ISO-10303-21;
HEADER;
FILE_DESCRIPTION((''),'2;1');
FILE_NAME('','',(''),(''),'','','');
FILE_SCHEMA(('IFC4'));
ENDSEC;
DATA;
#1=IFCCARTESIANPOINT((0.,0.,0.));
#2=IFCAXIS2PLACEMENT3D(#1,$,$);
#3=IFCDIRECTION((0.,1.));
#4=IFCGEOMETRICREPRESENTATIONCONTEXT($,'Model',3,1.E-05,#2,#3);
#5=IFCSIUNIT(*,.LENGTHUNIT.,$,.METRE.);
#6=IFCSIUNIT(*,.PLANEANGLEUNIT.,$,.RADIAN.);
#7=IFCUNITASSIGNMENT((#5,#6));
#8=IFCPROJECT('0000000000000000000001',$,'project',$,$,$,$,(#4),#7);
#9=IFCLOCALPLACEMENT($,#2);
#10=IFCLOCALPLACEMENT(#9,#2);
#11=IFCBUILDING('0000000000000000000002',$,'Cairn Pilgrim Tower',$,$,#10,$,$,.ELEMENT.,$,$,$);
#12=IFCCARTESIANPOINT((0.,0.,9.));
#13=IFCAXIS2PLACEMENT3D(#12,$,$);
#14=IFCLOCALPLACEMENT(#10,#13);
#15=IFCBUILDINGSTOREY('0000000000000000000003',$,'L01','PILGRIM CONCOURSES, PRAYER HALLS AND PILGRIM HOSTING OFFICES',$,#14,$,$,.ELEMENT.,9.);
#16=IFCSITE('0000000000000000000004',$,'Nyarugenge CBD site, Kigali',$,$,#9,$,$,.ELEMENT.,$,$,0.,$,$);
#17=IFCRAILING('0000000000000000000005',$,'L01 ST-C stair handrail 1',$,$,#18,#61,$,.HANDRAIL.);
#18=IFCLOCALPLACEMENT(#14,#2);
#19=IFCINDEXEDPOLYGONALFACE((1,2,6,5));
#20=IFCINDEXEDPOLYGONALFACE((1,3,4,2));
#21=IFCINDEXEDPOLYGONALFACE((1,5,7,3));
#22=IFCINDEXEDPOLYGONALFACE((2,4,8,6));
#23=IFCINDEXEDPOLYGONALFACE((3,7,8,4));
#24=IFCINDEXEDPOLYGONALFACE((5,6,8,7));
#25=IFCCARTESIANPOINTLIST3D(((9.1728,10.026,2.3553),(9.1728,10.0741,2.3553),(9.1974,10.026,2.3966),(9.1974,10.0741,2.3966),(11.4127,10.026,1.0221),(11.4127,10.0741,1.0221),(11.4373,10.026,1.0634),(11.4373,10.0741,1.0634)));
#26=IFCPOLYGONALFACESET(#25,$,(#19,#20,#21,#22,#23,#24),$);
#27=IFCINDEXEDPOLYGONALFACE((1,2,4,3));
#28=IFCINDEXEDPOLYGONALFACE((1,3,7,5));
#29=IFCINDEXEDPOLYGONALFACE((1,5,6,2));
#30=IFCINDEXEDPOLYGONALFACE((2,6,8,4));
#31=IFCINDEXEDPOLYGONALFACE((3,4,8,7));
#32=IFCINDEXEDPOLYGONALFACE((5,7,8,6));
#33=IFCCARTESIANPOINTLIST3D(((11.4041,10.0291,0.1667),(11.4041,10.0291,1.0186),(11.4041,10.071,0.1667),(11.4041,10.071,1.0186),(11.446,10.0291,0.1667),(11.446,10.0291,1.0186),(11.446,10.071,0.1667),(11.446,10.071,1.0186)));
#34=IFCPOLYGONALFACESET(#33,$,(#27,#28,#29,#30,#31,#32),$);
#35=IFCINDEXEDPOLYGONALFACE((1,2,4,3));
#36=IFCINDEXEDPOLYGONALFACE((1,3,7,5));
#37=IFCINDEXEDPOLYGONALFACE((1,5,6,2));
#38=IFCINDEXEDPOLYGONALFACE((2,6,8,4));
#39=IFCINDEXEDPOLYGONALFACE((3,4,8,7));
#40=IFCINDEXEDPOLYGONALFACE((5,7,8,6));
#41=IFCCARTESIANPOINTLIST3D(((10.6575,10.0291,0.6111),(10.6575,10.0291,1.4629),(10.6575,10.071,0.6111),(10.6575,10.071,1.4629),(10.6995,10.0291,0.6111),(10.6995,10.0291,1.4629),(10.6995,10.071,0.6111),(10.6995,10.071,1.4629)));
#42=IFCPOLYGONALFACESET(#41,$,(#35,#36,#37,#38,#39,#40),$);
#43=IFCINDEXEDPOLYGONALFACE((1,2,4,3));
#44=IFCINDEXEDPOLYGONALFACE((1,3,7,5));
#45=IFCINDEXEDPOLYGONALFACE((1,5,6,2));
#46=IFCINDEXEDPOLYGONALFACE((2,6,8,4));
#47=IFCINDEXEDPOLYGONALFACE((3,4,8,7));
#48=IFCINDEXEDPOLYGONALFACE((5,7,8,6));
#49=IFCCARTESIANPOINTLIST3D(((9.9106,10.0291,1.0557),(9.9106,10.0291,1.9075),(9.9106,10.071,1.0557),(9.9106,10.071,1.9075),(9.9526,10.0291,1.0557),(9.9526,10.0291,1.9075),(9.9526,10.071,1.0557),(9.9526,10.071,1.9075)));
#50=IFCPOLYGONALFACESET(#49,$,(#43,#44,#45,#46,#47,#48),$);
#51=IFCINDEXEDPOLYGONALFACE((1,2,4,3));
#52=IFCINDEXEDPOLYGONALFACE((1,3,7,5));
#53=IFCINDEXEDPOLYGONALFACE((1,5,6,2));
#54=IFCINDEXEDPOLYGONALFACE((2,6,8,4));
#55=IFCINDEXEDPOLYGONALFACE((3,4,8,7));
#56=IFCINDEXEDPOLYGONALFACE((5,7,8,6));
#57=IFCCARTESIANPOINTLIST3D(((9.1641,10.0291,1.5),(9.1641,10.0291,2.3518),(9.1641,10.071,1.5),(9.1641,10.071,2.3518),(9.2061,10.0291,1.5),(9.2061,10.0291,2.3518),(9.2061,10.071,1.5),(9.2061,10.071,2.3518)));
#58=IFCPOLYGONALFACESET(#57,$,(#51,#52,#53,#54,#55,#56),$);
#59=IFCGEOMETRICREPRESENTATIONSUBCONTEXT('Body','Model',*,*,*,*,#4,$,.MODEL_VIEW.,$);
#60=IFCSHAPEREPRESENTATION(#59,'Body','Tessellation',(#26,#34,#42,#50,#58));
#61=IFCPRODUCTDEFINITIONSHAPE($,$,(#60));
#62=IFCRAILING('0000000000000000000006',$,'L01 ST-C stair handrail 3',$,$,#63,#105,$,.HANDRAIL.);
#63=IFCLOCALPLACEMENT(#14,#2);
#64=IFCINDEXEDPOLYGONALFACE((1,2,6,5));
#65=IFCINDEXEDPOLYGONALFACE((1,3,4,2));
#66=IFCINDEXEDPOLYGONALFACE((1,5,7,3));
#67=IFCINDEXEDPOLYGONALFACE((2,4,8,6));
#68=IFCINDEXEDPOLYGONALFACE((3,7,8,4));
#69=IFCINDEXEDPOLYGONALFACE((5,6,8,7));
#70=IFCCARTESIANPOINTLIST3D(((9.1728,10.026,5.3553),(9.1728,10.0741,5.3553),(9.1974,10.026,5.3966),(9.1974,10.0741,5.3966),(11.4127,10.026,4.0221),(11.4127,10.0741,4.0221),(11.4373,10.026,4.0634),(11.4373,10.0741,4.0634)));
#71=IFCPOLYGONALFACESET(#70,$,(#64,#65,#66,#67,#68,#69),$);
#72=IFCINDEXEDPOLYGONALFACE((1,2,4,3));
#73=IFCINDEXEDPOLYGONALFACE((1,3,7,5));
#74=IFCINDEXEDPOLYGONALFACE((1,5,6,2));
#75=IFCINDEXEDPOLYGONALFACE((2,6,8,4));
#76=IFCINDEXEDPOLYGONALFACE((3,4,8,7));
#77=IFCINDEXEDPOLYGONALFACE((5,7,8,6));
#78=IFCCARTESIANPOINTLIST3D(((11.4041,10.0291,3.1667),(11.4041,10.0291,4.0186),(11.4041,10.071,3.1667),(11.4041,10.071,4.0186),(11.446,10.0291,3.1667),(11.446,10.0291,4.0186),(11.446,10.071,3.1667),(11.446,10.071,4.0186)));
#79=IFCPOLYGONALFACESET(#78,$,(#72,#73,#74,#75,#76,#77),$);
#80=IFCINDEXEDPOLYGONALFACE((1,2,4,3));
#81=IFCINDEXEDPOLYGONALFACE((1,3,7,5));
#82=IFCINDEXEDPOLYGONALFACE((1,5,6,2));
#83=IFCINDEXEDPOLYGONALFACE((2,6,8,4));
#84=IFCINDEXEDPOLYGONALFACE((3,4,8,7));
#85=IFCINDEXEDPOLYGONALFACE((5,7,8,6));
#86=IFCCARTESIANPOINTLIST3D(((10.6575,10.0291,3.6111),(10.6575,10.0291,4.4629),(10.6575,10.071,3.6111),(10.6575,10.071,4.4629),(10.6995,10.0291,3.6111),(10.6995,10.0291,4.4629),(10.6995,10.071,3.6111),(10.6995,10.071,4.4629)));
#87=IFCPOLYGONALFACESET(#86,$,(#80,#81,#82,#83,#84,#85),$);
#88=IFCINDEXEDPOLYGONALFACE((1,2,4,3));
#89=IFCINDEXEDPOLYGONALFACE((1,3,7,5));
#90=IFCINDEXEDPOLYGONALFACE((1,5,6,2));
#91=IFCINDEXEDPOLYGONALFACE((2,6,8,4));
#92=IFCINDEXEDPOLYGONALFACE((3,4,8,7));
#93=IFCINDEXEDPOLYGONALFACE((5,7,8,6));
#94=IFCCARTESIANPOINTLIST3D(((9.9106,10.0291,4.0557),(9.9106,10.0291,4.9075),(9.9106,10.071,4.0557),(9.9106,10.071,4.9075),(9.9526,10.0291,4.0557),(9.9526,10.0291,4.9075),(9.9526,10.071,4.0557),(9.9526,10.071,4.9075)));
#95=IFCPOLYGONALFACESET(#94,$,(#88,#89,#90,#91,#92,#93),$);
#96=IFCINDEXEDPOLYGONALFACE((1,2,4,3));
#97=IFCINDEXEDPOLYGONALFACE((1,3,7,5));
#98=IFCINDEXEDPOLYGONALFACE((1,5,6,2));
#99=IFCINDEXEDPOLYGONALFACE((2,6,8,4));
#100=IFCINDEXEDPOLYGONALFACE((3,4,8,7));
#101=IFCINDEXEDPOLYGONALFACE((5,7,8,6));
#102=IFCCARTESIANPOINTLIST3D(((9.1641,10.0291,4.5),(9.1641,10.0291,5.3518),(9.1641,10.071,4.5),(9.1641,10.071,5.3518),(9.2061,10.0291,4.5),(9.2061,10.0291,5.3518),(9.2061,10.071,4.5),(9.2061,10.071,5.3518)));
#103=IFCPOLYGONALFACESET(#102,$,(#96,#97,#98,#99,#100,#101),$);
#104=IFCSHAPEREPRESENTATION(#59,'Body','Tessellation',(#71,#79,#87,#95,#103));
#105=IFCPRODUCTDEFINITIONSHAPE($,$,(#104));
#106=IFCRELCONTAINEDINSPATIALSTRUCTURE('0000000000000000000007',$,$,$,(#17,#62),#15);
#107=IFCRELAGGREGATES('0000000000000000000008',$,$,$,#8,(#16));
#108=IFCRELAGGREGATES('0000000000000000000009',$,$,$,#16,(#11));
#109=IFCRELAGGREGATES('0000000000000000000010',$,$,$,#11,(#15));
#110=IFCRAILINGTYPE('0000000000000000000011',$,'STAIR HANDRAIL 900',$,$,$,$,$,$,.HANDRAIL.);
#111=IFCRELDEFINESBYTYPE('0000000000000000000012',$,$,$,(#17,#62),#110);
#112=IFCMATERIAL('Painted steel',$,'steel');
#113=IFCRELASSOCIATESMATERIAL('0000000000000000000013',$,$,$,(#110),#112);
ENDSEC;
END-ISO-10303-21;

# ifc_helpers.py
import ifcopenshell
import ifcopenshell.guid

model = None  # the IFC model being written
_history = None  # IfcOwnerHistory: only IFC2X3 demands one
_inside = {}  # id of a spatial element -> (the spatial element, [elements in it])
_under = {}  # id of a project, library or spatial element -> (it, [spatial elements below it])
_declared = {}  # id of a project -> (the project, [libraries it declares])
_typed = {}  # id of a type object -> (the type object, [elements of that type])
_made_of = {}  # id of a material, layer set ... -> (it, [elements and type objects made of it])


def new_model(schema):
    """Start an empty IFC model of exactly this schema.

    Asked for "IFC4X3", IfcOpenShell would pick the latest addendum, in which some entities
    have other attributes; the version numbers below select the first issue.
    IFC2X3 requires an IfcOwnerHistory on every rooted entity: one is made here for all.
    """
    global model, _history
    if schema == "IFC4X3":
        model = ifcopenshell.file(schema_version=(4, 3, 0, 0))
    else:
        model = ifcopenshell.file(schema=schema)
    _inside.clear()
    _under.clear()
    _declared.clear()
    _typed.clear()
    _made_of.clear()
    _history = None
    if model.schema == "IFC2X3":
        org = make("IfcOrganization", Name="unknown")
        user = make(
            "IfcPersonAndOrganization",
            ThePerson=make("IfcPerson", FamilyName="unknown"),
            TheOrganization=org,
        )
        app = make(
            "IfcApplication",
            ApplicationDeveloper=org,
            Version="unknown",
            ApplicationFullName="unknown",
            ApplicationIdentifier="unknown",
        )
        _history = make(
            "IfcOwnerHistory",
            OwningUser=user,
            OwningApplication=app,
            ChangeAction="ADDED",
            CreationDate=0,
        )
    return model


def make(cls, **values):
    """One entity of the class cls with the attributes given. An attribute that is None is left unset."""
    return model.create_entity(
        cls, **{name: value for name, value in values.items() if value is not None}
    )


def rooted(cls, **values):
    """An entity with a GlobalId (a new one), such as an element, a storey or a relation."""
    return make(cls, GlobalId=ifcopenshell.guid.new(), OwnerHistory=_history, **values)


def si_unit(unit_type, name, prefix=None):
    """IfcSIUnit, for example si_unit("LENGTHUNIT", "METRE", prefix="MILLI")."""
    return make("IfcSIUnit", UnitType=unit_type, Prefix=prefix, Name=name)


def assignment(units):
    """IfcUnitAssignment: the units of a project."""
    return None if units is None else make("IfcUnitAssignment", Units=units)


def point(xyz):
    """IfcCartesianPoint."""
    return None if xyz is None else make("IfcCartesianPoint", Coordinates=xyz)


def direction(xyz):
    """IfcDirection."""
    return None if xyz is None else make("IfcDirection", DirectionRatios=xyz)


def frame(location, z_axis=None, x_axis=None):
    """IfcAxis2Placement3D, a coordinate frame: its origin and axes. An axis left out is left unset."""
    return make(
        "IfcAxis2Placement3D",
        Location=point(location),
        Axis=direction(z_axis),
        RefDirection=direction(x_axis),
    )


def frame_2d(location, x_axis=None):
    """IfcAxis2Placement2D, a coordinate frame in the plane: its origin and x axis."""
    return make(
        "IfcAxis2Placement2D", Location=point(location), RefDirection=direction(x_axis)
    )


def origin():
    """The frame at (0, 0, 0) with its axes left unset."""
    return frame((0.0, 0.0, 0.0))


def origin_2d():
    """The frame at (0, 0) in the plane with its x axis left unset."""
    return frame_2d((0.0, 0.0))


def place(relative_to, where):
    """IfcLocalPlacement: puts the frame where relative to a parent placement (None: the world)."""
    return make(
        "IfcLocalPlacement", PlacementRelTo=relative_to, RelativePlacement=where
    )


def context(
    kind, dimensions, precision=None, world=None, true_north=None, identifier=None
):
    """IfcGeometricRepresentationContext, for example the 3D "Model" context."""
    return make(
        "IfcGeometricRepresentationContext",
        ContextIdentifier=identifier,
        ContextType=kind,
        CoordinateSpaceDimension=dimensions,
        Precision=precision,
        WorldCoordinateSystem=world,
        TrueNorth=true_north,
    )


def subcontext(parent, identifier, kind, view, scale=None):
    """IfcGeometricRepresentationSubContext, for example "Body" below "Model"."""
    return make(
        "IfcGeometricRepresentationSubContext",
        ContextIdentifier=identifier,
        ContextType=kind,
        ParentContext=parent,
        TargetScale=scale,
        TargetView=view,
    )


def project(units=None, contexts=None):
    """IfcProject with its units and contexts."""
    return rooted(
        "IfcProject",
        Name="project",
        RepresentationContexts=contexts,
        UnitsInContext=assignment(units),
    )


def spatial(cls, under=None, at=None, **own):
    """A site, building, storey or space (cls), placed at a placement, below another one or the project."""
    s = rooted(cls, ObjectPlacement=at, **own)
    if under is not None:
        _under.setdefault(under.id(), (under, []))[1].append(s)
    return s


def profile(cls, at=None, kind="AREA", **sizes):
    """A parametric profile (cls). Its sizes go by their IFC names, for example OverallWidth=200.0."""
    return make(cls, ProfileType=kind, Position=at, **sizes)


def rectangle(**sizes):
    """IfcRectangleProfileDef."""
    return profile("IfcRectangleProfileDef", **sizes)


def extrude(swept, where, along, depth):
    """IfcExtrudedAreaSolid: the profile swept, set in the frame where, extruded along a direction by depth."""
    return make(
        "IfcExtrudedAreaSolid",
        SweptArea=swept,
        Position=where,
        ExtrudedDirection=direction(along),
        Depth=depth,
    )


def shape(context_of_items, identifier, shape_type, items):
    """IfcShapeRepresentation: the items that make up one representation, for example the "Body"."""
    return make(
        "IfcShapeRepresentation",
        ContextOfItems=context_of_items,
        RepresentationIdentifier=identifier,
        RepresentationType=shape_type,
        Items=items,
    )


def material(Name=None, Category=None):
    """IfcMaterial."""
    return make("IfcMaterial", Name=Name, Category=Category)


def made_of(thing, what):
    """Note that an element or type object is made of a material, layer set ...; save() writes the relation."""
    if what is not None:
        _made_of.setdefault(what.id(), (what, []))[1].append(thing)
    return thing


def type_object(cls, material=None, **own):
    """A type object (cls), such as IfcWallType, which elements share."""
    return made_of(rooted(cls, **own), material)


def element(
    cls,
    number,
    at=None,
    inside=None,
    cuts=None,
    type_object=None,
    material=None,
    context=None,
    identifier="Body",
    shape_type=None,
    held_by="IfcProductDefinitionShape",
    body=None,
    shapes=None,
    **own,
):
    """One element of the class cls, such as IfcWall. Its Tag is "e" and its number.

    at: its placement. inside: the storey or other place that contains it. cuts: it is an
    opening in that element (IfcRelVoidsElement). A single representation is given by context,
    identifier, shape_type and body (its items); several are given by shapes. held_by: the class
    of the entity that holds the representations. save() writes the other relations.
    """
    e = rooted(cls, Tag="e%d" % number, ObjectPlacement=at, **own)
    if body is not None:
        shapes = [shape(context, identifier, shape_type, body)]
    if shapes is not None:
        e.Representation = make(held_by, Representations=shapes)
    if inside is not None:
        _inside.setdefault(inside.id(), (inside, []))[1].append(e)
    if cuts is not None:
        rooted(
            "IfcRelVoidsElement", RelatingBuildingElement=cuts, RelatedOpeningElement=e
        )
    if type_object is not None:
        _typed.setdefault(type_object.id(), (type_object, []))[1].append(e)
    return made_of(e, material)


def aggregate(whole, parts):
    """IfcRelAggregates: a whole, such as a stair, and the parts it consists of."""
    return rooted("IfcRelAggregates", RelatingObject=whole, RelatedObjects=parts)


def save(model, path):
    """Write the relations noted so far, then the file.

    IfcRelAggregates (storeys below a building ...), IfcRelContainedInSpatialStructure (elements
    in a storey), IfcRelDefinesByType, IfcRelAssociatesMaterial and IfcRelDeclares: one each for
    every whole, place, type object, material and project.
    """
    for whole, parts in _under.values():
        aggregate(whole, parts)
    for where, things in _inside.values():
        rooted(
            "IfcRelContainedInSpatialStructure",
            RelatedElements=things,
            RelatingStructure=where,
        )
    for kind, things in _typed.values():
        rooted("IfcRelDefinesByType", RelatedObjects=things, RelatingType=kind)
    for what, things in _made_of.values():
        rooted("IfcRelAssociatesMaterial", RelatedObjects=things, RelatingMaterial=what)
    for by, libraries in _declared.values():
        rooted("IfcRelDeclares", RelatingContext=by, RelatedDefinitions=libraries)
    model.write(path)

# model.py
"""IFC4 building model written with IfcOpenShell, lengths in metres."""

from ifc_helpers import new_model, si_unit, direction, frame, origin, origin_2d, place, context, subcontext, project, spatial, rectangle, extrude, material, type_object, element, save


model = new_model("IFC4")

# Units and contexts
model_context = context("Model", 3, precision=1e-05, world=origin(), true_north=direction((0.0, 1.0)))
body_context = subcontext(model_context, "Body", "Model", "MODEL_VIEW")
ifc_project = project(units=[si_unit("LENGTHUNIT", "METRE"), si_unit("PLANEANGLEUNIT", "RADIAN")], contexts=[model_context])

# Site, building, storey
site_placement = place(None, origin())
site = spatial("IfcSite", under=ifc_project, at=site_placement, Name="Nyarugenge CBD site, Kigali", CompositionType="ELEMENT", RefElevation=0.0)
building_placement = place(site_placement, origin())
building = spatial("IfcBuilding", under=site, at=building_placement, Name="Cairn Pilgrim Tower", CompositionType="ELEMENT")
storey_placement = place(building_placement, frame((0.0, 0.0, 9.0)))
storey = spatial("IfcBuildingStorey", under=building, at=storey_placement, Name="L01", Description="PILGRIM CONCOURSES, PRAYER HALLS AND PILGRIM HOSTING OFFICES", CompositionType="ELEMENT", Elevation=9.0)

# Shared definitions
ifc_material_1 = material(Name="Painted steel", Category="steel")

# Railings
railing_type_1 = type_object("IfcRailingType", Name="STAIR HANDRAIL 900", PredefinedType="HANDRAIL", material=ifc_material_1)
for number, where, name in (
    (1, (11.425, 10.05, 0.1667), "L01 ST-C stair handrail 1"),
    (2, (11.425, 10.05, 3.1667), "L01 ST-C stair handrail 3"),
):
    element("IfcRailing", number, at=place(storey_placement, frame(where)), inside=storey, type_object=railing_type_1, Name=name, PredefinedType="HANDRAIL", context=body_context, shape_type="SweptSolid", body=[
        extrude(rectangle(XDim=0.0481, YDim=0.0481, at=origin_2d()), frame((0.0, 0.0, 0.876), z_axis=(-0.859306, 0.0, 0.511462), x_axis=(0.0, -1.0, 0.0)), (0.0, 0.0, 1.0), 2.6067),
        extrude(rectangle(XDim=0.042, YDim=0.042, at=origin_2d()), origin(), (0.0, 0.0, 1.0), 0.8518),
        extrude(rectangle(XDim=0.042, YDim=0.042, at=origin_2d()), frame((-0.7466, 0.0, 0.4443)), (0.0, 0.0, 1.0), 0.8518),
        extrude(rectangle(XDim=0.042, YDim=0.042, at=origin_2d()), frame((-1.4934, 0.0, 0.8889)), (0.0, 0.0, 1.0), 0.8518),
        extrude(rectangle(XDim=0.042, YDim=0.042, at=origin_2d()), frame((-2.24, 0.0, 1.3333)), (0.0, 0.0, 1.0), 0.8518),
    ])

save(model, "model.ifc")
